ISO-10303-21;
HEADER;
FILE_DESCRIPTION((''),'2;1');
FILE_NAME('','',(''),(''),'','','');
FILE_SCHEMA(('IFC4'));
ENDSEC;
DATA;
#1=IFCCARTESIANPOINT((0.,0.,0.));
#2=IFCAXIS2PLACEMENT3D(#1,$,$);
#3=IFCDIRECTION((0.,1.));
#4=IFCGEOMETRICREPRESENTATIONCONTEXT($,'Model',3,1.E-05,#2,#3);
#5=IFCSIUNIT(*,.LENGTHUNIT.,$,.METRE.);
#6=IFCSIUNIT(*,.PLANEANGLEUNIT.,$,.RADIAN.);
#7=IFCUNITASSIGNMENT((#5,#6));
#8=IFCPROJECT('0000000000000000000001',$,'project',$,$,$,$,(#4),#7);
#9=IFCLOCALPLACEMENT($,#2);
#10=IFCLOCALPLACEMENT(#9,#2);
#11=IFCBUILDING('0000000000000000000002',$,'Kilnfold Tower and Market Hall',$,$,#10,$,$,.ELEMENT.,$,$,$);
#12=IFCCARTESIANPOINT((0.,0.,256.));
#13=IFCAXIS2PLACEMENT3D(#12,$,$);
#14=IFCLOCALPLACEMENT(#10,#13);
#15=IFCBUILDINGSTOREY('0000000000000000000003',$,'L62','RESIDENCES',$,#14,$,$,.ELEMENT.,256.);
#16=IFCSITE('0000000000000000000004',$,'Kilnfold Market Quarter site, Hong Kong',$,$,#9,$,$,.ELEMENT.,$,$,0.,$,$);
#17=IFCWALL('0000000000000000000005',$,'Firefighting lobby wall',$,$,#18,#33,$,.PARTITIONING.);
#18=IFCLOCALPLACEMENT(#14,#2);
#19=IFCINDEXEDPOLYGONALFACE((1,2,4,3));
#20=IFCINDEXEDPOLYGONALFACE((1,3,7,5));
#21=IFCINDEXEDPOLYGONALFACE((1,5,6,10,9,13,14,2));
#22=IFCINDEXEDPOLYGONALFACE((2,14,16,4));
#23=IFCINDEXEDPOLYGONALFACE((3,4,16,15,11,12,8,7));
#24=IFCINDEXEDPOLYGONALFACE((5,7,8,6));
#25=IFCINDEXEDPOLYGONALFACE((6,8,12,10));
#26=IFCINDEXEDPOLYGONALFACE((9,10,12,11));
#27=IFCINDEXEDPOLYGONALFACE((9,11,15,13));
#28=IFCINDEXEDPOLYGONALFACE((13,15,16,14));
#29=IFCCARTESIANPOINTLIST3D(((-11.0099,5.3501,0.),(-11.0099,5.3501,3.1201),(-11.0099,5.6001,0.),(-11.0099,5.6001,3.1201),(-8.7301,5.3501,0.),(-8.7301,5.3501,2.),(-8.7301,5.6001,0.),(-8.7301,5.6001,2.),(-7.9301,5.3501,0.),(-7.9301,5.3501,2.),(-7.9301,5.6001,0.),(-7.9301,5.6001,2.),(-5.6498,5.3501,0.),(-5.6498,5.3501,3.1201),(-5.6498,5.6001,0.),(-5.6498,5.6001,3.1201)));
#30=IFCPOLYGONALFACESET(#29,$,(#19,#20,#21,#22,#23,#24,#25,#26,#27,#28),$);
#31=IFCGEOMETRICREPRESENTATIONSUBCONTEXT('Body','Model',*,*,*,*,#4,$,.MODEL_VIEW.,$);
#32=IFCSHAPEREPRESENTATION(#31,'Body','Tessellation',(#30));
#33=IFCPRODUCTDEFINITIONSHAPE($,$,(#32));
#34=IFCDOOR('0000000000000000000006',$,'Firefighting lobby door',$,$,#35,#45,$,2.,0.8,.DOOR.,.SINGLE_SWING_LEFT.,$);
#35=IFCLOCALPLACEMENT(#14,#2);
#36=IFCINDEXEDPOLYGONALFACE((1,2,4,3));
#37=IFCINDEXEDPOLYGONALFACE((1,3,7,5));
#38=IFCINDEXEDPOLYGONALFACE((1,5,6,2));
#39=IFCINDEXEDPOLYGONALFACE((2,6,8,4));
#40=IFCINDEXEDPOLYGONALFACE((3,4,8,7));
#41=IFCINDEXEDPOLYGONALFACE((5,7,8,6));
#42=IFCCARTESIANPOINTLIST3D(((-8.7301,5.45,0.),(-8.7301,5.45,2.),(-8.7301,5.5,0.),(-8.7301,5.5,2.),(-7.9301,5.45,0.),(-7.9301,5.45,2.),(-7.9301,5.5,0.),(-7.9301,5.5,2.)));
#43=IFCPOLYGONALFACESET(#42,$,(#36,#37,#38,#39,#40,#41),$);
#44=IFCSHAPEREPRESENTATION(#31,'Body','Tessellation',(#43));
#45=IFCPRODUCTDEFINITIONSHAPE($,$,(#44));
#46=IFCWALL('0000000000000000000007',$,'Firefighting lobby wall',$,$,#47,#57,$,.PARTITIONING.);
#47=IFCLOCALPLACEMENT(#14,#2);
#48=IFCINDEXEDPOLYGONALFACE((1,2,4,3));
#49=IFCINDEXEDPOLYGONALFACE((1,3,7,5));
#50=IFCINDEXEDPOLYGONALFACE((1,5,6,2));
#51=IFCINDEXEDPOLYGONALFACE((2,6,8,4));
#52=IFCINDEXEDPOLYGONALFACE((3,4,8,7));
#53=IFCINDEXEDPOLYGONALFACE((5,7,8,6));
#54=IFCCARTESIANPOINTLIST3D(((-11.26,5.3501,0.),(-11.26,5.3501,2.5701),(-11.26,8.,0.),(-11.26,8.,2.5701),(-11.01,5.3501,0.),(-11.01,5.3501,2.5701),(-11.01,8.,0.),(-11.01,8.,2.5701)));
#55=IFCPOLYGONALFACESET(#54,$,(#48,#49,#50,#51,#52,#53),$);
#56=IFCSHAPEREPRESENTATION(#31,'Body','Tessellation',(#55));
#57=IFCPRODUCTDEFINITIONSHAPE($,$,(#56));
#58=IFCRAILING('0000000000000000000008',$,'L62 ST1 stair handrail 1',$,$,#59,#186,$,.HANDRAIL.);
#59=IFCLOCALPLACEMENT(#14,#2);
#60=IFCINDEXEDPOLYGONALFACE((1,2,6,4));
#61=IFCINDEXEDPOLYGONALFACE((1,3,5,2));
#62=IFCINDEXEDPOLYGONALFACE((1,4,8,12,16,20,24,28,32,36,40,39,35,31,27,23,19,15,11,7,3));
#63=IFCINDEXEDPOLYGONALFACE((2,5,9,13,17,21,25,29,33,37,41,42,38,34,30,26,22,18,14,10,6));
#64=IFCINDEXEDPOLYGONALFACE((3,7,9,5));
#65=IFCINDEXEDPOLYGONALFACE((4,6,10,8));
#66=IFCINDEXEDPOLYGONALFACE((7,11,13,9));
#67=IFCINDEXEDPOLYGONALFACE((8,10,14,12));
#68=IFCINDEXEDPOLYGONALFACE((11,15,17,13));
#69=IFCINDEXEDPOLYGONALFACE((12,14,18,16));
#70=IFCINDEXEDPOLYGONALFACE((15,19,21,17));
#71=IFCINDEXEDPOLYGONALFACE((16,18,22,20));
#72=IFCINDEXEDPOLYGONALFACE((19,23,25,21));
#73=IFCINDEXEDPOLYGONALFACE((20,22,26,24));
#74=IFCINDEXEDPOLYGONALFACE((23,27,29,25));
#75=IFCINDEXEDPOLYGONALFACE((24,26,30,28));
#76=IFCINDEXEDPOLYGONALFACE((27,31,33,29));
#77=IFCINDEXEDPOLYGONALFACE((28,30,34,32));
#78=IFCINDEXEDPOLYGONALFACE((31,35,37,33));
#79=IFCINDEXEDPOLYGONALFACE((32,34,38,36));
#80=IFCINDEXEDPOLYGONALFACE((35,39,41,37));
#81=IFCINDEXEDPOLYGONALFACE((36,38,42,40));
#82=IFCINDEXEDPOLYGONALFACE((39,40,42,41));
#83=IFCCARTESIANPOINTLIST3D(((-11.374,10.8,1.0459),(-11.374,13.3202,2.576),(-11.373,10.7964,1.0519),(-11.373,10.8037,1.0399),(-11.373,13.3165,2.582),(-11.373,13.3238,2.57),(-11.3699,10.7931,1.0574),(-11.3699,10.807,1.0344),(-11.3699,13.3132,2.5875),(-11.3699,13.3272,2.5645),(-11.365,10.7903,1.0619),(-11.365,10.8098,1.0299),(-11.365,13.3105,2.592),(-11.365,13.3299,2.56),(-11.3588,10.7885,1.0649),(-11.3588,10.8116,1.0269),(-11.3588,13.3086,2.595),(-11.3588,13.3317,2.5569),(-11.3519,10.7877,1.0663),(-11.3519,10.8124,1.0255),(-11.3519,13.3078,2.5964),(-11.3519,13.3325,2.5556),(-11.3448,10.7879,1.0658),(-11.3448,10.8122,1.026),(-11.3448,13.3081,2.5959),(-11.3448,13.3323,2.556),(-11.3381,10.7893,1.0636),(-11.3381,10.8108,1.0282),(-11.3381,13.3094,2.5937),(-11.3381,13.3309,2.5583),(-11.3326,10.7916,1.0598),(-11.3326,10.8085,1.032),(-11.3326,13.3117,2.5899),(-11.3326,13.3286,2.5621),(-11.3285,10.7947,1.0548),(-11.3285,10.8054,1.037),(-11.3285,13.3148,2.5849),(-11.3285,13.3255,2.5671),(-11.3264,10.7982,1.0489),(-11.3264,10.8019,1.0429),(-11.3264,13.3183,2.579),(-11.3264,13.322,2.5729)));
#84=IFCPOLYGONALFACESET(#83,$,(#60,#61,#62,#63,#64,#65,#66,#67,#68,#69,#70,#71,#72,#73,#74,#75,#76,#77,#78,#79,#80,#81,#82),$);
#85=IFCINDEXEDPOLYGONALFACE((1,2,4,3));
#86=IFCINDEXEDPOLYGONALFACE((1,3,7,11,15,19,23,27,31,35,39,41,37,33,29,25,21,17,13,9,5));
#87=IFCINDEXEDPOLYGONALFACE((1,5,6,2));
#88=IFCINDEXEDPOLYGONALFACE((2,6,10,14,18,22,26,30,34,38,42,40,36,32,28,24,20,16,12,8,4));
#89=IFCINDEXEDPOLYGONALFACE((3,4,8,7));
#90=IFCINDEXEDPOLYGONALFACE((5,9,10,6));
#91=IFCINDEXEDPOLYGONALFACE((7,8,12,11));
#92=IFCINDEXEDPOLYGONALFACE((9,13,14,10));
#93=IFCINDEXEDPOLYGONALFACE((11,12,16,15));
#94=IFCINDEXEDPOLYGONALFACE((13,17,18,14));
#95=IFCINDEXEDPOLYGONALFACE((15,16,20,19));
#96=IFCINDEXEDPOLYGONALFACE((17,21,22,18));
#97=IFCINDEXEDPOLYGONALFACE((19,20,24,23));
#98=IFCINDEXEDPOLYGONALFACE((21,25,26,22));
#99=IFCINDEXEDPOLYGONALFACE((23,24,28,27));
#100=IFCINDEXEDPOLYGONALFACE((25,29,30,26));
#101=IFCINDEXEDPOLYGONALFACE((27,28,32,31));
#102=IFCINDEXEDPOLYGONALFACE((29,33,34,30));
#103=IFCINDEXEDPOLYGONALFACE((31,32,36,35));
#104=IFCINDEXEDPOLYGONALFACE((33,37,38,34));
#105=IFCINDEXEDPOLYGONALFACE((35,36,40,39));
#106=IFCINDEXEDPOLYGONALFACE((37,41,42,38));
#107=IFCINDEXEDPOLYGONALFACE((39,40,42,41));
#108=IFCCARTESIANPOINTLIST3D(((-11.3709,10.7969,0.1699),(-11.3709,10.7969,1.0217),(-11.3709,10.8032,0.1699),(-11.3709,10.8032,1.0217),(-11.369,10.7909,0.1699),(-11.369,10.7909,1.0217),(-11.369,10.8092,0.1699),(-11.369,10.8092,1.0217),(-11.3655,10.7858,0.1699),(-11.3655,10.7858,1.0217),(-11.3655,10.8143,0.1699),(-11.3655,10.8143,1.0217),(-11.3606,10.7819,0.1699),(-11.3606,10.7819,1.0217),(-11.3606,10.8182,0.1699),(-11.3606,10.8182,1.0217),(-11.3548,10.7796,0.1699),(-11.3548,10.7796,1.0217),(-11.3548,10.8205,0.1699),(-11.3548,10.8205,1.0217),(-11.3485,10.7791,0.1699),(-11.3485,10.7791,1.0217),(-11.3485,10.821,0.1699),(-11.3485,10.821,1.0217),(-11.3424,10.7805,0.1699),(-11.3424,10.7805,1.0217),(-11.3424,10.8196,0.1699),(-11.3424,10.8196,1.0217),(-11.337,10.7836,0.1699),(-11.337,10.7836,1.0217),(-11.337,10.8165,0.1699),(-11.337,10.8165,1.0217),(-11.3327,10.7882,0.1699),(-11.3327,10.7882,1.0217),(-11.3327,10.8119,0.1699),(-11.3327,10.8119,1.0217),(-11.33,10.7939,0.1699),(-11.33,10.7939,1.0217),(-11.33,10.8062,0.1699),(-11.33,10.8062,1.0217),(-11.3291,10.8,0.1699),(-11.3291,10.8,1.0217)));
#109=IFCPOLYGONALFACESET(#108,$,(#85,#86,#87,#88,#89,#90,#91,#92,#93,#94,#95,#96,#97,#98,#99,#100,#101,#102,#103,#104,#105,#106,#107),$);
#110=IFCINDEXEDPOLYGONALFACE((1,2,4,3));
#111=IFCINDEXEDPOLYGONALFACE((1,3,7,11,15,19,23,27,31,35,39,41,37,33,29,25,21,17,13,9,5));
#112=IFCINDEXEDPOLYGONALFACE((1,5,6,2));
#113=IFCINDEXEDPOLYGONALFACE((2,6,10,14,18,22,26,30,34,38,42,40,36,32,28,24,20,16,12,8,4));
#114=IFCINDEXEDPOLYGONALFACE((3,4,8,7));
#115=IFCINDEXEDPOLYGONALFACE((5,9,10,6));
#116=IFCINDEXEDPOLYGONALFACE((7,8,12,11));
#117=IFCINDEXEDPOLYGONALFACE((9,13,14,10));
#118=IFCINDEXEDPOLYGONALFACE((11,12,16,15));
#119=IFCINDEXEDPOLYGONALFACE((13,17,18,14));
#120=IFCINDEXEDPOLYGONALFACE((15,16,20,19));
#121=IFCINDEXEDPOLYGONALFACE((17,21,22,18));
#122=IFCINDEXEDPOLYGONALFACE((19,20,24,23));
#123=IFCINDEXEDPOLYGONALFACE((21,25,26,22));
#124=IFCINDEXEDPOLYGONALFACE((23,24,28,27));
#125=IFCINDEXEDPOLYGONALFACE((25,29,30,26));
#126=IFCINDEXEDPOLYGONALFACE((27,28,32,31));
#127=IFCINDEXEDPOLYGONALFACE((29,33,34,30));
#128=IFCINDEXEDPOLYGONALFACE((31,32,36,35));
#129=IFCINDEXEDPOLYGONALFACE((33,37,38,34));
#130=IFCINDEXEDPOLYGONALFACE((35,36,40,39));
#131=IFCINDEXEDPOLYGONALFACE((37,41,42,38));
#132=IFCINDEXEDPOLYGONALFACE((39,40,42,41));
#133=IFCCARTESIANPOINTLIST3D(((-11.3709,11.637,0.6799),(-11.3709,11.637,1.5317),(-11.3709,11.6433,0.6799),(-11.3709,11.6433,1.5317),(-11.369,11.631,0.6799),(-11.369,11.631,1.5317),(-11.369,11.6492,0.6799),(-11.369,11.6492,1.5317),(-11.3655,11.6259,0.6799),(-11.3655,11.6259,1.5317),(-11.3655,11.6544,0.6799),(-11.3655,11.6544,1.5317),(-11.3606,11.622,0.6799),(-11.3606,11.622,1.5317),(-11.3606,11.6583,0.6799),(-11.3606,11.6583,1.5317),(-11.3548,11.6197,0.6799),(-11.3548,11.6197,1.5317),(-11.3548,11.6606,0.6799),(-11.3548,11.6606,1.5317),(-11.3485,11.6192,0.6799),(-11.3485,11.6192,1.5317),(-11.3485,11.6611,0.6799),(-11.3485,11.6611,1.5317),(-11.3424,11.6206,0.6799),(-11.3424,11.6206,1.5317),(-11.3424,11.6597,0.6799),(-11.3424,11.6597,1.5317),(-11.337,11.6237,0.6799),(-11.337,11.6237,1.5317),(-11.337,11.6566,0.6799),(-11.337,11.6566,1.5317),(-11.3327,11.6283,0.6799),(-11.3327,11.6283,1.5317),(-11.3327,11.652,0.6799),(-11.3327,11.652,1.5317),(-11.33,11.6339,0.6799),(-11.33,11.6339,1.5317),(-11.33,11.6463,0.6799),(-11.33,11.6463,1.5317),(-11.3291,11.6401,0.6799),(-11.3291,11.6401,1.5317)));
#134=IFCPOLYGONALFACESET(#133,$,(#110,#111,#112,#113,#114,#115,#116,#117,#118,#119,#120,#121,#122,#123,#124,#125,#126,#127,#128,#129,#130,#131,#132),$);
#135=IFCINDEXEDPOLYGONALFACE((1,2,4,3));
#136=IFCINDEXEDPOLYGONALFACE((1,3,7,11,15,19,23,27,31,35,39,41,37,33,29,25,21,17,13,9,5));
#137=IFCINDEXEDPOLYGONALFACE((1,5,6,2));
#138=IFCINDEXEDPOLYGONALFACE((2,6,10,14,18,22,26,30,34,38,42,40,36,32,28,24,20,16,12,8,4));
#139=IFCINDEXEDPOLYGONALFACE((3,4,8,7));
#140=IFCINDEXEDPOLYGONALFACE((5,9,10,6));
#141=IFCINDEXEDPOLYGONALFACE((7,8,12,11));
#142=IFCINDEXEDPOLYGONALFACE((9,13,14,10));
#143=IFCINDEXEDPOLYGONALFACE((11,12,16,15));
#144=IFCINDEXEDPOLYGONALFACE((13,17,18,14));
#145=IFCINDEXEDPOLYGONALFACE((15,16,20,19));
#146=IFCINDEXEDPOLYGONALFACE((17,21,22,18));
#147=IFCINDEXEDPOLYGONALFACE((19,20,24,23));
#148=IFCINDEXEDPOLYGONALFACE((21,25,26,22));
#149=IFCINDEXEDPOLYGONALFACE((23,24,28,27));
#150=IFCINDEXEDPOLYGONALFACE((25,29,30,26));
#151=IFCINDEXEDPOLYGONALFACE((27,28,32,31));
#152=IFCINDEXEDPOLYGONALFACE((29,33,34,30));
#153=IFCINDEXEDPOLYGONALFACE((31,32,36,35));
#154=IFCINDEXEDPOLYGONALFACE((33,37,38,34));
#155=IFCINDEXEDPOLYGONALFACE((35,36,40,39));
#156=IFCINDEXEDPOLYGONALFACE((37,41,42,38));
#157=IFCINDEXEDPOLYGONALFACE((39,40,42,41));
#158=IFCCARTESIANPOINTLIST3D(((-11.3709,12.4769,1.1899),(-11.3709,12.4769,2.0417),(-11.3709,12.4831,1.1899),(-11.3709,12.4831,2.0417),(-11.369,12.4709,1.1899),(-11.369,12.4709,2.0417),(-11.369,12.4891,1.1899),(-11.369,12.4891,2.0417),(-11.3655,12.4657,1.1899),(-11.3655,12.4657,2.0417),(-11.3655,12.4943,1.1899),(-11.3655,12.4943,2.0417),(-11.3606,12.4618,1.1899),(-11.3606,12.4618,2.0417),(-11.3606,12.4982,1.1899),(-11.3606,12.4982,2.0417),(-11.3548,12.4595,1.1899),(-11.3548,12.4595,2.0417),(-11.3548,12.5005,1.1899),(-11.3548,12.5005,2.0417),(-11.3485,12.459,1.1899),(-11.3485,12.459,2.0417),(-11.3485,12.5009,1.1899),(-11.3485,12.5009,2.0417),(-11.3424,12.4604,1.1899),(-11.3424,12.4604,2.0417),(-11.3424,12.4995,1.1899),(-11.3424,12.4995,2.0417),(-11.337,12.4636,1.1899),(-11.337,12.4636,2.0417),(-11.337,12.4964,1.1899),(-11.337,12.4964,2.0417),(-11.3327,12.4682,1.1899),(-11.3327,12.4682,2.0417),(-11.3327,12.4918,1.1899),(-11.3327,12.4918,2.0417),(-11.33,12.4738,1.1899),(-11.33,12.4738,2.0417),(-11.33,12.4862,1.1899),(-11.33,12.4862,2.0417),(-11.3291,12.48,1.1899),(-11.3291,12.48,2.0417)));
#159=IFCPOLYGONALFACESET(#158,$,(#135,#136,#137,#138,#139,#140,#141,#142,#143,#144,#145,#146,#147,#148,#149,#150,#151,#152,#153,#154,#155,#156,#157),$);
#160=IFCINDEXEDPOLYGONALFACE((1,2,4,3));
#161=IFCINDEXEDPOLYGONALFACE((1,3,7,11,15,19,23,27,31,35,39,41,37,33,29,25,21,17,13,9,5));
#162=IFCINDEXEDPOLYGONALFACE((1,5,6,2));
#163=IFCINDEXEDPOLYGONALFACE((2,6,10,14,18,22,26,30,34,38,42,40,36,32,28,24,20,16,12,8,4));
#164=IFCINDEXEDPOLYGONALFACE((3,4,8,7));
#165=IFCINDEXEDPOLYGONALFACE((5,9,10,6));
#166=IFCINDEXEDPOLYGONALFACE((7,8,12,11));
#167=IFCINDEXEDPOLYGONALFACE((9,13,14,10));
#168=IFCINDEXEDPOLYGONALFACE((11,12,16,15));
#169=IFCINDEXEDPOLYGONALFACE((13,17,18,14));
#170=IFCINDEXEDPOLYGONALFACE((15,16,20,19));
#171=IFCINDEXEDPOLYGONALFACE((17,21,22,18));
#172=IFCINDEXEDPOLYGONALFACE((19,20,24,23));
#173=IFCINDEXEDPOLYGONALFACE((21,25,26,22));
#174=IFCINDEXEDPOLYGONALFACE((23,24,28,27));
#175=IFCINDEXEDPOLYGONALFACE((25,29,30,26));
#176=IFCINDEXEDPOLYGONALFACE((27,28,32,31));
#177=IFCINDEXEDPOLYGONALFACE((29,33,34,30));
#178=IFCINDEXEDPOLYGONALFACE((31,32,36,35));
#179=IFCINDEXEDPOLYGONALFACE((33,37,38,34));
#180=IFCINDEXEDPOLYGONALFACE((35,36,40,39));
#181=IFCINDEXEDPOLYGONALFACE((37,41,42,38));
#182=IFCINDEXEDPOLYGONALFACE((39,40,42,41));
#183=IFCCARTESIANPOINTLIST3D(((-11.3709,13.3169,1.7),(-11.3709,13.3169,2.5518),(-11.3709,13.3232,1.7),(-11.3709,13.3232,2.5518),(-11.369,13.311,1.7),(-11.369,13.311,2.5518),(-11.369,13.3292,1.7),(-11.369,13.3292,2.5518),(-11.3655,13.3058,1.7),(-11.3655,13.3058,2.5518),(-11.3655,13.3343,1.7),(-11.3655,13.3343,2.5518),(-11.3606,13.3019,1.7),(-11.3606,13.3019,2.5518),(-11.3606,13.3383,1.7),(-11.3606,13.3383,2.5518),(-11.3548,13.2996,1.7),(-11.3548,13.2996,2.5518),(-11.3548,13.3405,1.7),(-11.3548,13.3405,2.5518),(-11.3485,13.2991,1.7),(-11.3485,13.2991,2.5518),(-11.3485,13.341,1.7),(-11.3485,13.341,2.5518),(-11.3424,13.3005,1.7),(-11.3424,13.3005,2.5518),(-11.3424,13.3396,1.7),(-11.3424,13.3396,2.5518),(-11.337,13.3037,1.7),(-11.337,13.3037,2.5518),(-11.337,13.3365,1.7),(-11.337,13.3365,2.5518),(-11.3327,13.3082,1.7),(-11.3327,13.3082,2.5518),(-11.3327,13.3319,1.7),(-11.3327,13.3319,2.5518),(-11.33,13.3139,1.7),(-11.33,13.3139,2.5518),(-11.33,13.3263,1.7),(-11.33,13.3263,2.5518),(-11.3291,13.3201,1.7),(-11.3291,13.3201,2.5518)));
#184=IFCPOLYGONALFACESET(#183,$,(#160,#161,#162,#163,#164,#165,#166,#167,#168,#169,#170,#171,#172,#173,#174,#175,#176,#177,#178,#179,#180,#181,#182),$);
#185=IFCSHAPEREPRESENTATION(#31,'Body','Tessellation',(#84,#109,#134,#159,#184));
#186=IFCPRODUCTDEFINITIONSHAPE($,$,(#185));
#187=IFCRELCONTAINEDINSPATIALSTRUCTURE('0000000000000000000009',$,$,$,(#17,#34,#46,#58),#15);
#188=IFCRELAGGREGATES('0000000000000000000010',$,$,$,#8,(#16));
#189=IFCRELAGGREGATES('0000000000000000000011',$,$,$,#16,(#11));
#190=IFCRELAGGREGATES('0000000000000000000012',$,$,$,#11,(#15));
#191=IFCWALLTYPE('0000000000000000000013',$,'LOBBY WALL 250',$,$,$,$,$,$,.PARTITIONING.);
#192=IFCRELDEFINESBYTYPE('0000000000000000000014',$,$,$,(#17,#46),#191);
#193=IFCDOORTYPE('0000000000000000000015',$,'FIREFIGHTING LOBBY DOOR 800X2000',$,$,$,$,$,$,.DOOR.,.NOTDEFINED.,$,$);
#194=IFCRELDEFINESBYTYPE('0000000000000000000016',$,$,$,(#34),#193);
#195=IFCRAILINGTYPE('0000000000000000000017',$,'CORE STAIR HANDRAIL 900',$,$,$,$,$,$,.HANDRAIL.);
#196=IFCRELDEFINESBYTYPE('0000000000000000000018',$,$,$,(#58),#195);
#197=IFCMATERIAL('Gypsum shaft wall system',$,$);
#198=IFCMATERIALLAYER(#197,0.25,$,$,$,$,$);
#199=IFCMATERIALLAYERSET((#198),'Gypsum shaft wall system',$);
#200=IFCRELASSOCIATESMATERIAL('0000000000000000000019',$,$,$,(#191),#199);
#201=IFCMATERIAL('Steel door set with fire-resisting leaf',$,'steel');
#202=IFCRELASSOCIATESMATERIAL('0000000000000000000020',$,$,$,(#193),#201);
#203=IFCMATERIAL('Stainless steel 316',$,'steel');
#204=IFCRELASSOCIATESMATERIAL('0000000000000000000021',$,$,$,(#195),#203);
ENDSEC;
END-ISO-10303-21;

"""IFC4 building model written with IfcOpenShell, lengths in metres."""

from ifc_helpers import new_model, si_unit, direction, frame, frame_2d, origin, origin_2d, place, context, subcontext, project, spatial, rectangle, circle, extrude, source, transform, mapped, material, layer, layer_set, type_object, element, fill, save


model = new_model("IFC4")

# Units and contexts
model_context = context("Model", 3, precision=1e-05, world=origin(), true_north=direction((0.0, 1.0)))
body_context = subcontext(model_context, "Body", "Model", "MODEL_VIEW")
ifc_project = project(units=[si_unit("LENGTHUNIT", "METRE"), si_unit("PLANEANGLEUNIT", "RADIAN")], contexts=[model_context])

# Site, building, storey
site_placement = place(None, origin())
site = spatial("IfcSite", under=ifc_project, at=site_placement, Name="Kilnfold Market Quarter site, Hong Kong", CompositionType="ELEMENT", RefElevation=0.0)
building_placement = place(site_placement, origin())
building = spatial("IfcBuilding", under=site, at=building_placement, Name="Kilnfold Tower and Market Hall", CompositionType="ELEMENT")
storey_placement = place(building_placement, frame((0.0, 0.0, 256.0)))
storey = spatial("IfcBuildingStorey", under=building, at=storey_placement, Name="L62", Description="RESIDENCES", CompositionType="ELEMENT", Elevation=256.0)

# Wall, opening, door
ifc_material_1 = material(Name="Gypsum shaft wall system")
ifc_layer_1 = layer(ifc_material_1, 0.25)
ifc_layer_set_1 = layer_set([ifc_layer_1], Name="Gypsum shaft wall system")
wall_type_1 = type_object("IfcWallType", Name="LOBBY WALL 250", PredefinedType="PARTITIONING", material=ifc_layer_set_1)
shared_shape_1 = source(origin(), body_context, "Body", "SweptSolid", [
    extrude(rectangle(XDim=5.3601, YDim=0.25, at=frame_2d((2.6802, 0.0))), origin(), (0.0, 0.0, 1.0), 3.1201),
])
wall_1_placement = place(storey_placement, frame((-11.01, 5.4751, 0.0), z_axis=(0.0, 0.0, 1.0), x_axis=(1.0, 0.0, 0.0)))
wall_1 = element("IfcWall", 1, at=wall_1_placement, inside=storey, type_object=wall_type_1, Name="Firefighting lobby wall", PredefinedType="PARTITIONING", context=body_context, shape_type="MappedRepresentation", body=[
    mapped(shared_shape_1, transform((0.0, 0.0, 0.0))),
])
opening_1_placement = place(wall_1_placement, frame((2.28, 0.0, 0.0)))
opening_1 = element("IfcOpeningElement", 2, at=opening_1_placement, cuts=wall_1, PredefinedType="OPENING", context=body_context, shape_type="SweptSolid", body=[
    extrude(rectangle(XDim=0.8, YDim=2.0, at=frame_2d((0.3999, 1.0))), frame((0.0, 0.135, 0.0), z_axis=(0.0, -1.0, 0.0), x_axis=(1.0, 0.0, 0.0)), (0.0, 0.0, 1.0), 0.27),
])
ifc_material_2 = material(Name="Steel door set with fire-resisting leaf", Category="steel")
door_type_1 = type_object("IfcDoorType", Name="FIREFIGHTING LOBBY DOOR 800X2000", OperationType="NOTDEFINED", PredefinedType="DOOR", material=ifc_material_2)
door_1_placement = place(opening_1_placement, origin())
door_1 = element("IfcDoor", 3, at=door_1_placement, inside=storey, type_object=door_type_1, Name="Firefighting lobby door", OperationType="SINGLE_SWING_LEFT", OverallHeight=2.0, OverallWidth=0.8, PredefinedType="DOOR", context=body_context, shape_type="SweptSolid", body=[
    extrude(rectangle(XDim=0.8, YDim=2.0, at=frame_2d((0.3999, 1.0))), frame((0.0, 0.0249, 0.0), z_axis=(0.0, -1.0, 0.0), x_axis=(1.0, 0.0, 0.0)), (0.0, 0.0, 1.0), 0.05),
])
fill(opening_1, door_1)

# Wall
shared_shape_2 = source(origin(), body_context, "Body", "SweptSolid", [
    extrude(rectangle(XDim=2.6499, YDim=0.25, at=frame_2d((1.325, 0.0))), origin(), (0.0, 0.0, 1.0), 2.5701),
])
wall_2_placement = place(storey_placement, frame((-11.135, 5.3501, 0.0), z_axis=(0.0, 0.0, 1.0), x_axis=(0.0, 1.0, 0.0)))
element("IfcWall", 4, at=wall_2_placement, inside=storey, type_object=wall_type_1, Name="Firefighting lobby wall", PredefinedType="PARTITIONING", context=body_context, shape_type="MappedRepresentation", body=[
    mapped(shared_shape_2, transform((0.0, 0.0, 0.0))),
])

# Railing
ifc_material_3 = material(Name="Stainless steel 316", Category="steel")
railing_type_1 = type_object("IfcRailingType", Name="CORE STAIR HANDRAIL 900", PredefinedType="HANDRAIL", material=ifc_material_3)
railing_1_placement = place(storey_placement, frame((-11.3501, 10.8, 0.1699)))
element("IfcRailing", 5, at=railing_1_placement, inside=storey, type_object=railing_type_1, Name="L62 ST1 stair handrail 1", PredefinedType="HANDRAIL", context=body_context, shape_type="SweptSolid", body=[
    extrude(circle(Radius=0.0239, at=origin_2d()), frame((0.0, 0.0, 0.876), z_axis=(0.0, 0.854785, 0.518982), x_axis=(-1.0, 0.0, 0.0)), (0.0, 0.0, 1.0), 2.9482),
    extrude(circle(Radius=0.021, at=origin_2d()), origin(), (0.0, 0.0, 1.0), 0.8518),
    extrude(circle(Radius=0.021, at=origin_2d()), frame((0.0, 0.8401, 0.51)), (0.0, 0.0, 1.0), 0.8518),
    extrude(circle(Radius=0.021, at=origin_2d()), frame((0.0, 1.6799, 1.02)), (0.0, 0.0, 1.0), 0.8518),
    extrude(circle(Radius=0.021, at=origin_2d()), frame((0.0, 2.52, 1.53)), (0.0, 0.0, 1.0), 0.8518),
])

save(model, "model.ifc")
